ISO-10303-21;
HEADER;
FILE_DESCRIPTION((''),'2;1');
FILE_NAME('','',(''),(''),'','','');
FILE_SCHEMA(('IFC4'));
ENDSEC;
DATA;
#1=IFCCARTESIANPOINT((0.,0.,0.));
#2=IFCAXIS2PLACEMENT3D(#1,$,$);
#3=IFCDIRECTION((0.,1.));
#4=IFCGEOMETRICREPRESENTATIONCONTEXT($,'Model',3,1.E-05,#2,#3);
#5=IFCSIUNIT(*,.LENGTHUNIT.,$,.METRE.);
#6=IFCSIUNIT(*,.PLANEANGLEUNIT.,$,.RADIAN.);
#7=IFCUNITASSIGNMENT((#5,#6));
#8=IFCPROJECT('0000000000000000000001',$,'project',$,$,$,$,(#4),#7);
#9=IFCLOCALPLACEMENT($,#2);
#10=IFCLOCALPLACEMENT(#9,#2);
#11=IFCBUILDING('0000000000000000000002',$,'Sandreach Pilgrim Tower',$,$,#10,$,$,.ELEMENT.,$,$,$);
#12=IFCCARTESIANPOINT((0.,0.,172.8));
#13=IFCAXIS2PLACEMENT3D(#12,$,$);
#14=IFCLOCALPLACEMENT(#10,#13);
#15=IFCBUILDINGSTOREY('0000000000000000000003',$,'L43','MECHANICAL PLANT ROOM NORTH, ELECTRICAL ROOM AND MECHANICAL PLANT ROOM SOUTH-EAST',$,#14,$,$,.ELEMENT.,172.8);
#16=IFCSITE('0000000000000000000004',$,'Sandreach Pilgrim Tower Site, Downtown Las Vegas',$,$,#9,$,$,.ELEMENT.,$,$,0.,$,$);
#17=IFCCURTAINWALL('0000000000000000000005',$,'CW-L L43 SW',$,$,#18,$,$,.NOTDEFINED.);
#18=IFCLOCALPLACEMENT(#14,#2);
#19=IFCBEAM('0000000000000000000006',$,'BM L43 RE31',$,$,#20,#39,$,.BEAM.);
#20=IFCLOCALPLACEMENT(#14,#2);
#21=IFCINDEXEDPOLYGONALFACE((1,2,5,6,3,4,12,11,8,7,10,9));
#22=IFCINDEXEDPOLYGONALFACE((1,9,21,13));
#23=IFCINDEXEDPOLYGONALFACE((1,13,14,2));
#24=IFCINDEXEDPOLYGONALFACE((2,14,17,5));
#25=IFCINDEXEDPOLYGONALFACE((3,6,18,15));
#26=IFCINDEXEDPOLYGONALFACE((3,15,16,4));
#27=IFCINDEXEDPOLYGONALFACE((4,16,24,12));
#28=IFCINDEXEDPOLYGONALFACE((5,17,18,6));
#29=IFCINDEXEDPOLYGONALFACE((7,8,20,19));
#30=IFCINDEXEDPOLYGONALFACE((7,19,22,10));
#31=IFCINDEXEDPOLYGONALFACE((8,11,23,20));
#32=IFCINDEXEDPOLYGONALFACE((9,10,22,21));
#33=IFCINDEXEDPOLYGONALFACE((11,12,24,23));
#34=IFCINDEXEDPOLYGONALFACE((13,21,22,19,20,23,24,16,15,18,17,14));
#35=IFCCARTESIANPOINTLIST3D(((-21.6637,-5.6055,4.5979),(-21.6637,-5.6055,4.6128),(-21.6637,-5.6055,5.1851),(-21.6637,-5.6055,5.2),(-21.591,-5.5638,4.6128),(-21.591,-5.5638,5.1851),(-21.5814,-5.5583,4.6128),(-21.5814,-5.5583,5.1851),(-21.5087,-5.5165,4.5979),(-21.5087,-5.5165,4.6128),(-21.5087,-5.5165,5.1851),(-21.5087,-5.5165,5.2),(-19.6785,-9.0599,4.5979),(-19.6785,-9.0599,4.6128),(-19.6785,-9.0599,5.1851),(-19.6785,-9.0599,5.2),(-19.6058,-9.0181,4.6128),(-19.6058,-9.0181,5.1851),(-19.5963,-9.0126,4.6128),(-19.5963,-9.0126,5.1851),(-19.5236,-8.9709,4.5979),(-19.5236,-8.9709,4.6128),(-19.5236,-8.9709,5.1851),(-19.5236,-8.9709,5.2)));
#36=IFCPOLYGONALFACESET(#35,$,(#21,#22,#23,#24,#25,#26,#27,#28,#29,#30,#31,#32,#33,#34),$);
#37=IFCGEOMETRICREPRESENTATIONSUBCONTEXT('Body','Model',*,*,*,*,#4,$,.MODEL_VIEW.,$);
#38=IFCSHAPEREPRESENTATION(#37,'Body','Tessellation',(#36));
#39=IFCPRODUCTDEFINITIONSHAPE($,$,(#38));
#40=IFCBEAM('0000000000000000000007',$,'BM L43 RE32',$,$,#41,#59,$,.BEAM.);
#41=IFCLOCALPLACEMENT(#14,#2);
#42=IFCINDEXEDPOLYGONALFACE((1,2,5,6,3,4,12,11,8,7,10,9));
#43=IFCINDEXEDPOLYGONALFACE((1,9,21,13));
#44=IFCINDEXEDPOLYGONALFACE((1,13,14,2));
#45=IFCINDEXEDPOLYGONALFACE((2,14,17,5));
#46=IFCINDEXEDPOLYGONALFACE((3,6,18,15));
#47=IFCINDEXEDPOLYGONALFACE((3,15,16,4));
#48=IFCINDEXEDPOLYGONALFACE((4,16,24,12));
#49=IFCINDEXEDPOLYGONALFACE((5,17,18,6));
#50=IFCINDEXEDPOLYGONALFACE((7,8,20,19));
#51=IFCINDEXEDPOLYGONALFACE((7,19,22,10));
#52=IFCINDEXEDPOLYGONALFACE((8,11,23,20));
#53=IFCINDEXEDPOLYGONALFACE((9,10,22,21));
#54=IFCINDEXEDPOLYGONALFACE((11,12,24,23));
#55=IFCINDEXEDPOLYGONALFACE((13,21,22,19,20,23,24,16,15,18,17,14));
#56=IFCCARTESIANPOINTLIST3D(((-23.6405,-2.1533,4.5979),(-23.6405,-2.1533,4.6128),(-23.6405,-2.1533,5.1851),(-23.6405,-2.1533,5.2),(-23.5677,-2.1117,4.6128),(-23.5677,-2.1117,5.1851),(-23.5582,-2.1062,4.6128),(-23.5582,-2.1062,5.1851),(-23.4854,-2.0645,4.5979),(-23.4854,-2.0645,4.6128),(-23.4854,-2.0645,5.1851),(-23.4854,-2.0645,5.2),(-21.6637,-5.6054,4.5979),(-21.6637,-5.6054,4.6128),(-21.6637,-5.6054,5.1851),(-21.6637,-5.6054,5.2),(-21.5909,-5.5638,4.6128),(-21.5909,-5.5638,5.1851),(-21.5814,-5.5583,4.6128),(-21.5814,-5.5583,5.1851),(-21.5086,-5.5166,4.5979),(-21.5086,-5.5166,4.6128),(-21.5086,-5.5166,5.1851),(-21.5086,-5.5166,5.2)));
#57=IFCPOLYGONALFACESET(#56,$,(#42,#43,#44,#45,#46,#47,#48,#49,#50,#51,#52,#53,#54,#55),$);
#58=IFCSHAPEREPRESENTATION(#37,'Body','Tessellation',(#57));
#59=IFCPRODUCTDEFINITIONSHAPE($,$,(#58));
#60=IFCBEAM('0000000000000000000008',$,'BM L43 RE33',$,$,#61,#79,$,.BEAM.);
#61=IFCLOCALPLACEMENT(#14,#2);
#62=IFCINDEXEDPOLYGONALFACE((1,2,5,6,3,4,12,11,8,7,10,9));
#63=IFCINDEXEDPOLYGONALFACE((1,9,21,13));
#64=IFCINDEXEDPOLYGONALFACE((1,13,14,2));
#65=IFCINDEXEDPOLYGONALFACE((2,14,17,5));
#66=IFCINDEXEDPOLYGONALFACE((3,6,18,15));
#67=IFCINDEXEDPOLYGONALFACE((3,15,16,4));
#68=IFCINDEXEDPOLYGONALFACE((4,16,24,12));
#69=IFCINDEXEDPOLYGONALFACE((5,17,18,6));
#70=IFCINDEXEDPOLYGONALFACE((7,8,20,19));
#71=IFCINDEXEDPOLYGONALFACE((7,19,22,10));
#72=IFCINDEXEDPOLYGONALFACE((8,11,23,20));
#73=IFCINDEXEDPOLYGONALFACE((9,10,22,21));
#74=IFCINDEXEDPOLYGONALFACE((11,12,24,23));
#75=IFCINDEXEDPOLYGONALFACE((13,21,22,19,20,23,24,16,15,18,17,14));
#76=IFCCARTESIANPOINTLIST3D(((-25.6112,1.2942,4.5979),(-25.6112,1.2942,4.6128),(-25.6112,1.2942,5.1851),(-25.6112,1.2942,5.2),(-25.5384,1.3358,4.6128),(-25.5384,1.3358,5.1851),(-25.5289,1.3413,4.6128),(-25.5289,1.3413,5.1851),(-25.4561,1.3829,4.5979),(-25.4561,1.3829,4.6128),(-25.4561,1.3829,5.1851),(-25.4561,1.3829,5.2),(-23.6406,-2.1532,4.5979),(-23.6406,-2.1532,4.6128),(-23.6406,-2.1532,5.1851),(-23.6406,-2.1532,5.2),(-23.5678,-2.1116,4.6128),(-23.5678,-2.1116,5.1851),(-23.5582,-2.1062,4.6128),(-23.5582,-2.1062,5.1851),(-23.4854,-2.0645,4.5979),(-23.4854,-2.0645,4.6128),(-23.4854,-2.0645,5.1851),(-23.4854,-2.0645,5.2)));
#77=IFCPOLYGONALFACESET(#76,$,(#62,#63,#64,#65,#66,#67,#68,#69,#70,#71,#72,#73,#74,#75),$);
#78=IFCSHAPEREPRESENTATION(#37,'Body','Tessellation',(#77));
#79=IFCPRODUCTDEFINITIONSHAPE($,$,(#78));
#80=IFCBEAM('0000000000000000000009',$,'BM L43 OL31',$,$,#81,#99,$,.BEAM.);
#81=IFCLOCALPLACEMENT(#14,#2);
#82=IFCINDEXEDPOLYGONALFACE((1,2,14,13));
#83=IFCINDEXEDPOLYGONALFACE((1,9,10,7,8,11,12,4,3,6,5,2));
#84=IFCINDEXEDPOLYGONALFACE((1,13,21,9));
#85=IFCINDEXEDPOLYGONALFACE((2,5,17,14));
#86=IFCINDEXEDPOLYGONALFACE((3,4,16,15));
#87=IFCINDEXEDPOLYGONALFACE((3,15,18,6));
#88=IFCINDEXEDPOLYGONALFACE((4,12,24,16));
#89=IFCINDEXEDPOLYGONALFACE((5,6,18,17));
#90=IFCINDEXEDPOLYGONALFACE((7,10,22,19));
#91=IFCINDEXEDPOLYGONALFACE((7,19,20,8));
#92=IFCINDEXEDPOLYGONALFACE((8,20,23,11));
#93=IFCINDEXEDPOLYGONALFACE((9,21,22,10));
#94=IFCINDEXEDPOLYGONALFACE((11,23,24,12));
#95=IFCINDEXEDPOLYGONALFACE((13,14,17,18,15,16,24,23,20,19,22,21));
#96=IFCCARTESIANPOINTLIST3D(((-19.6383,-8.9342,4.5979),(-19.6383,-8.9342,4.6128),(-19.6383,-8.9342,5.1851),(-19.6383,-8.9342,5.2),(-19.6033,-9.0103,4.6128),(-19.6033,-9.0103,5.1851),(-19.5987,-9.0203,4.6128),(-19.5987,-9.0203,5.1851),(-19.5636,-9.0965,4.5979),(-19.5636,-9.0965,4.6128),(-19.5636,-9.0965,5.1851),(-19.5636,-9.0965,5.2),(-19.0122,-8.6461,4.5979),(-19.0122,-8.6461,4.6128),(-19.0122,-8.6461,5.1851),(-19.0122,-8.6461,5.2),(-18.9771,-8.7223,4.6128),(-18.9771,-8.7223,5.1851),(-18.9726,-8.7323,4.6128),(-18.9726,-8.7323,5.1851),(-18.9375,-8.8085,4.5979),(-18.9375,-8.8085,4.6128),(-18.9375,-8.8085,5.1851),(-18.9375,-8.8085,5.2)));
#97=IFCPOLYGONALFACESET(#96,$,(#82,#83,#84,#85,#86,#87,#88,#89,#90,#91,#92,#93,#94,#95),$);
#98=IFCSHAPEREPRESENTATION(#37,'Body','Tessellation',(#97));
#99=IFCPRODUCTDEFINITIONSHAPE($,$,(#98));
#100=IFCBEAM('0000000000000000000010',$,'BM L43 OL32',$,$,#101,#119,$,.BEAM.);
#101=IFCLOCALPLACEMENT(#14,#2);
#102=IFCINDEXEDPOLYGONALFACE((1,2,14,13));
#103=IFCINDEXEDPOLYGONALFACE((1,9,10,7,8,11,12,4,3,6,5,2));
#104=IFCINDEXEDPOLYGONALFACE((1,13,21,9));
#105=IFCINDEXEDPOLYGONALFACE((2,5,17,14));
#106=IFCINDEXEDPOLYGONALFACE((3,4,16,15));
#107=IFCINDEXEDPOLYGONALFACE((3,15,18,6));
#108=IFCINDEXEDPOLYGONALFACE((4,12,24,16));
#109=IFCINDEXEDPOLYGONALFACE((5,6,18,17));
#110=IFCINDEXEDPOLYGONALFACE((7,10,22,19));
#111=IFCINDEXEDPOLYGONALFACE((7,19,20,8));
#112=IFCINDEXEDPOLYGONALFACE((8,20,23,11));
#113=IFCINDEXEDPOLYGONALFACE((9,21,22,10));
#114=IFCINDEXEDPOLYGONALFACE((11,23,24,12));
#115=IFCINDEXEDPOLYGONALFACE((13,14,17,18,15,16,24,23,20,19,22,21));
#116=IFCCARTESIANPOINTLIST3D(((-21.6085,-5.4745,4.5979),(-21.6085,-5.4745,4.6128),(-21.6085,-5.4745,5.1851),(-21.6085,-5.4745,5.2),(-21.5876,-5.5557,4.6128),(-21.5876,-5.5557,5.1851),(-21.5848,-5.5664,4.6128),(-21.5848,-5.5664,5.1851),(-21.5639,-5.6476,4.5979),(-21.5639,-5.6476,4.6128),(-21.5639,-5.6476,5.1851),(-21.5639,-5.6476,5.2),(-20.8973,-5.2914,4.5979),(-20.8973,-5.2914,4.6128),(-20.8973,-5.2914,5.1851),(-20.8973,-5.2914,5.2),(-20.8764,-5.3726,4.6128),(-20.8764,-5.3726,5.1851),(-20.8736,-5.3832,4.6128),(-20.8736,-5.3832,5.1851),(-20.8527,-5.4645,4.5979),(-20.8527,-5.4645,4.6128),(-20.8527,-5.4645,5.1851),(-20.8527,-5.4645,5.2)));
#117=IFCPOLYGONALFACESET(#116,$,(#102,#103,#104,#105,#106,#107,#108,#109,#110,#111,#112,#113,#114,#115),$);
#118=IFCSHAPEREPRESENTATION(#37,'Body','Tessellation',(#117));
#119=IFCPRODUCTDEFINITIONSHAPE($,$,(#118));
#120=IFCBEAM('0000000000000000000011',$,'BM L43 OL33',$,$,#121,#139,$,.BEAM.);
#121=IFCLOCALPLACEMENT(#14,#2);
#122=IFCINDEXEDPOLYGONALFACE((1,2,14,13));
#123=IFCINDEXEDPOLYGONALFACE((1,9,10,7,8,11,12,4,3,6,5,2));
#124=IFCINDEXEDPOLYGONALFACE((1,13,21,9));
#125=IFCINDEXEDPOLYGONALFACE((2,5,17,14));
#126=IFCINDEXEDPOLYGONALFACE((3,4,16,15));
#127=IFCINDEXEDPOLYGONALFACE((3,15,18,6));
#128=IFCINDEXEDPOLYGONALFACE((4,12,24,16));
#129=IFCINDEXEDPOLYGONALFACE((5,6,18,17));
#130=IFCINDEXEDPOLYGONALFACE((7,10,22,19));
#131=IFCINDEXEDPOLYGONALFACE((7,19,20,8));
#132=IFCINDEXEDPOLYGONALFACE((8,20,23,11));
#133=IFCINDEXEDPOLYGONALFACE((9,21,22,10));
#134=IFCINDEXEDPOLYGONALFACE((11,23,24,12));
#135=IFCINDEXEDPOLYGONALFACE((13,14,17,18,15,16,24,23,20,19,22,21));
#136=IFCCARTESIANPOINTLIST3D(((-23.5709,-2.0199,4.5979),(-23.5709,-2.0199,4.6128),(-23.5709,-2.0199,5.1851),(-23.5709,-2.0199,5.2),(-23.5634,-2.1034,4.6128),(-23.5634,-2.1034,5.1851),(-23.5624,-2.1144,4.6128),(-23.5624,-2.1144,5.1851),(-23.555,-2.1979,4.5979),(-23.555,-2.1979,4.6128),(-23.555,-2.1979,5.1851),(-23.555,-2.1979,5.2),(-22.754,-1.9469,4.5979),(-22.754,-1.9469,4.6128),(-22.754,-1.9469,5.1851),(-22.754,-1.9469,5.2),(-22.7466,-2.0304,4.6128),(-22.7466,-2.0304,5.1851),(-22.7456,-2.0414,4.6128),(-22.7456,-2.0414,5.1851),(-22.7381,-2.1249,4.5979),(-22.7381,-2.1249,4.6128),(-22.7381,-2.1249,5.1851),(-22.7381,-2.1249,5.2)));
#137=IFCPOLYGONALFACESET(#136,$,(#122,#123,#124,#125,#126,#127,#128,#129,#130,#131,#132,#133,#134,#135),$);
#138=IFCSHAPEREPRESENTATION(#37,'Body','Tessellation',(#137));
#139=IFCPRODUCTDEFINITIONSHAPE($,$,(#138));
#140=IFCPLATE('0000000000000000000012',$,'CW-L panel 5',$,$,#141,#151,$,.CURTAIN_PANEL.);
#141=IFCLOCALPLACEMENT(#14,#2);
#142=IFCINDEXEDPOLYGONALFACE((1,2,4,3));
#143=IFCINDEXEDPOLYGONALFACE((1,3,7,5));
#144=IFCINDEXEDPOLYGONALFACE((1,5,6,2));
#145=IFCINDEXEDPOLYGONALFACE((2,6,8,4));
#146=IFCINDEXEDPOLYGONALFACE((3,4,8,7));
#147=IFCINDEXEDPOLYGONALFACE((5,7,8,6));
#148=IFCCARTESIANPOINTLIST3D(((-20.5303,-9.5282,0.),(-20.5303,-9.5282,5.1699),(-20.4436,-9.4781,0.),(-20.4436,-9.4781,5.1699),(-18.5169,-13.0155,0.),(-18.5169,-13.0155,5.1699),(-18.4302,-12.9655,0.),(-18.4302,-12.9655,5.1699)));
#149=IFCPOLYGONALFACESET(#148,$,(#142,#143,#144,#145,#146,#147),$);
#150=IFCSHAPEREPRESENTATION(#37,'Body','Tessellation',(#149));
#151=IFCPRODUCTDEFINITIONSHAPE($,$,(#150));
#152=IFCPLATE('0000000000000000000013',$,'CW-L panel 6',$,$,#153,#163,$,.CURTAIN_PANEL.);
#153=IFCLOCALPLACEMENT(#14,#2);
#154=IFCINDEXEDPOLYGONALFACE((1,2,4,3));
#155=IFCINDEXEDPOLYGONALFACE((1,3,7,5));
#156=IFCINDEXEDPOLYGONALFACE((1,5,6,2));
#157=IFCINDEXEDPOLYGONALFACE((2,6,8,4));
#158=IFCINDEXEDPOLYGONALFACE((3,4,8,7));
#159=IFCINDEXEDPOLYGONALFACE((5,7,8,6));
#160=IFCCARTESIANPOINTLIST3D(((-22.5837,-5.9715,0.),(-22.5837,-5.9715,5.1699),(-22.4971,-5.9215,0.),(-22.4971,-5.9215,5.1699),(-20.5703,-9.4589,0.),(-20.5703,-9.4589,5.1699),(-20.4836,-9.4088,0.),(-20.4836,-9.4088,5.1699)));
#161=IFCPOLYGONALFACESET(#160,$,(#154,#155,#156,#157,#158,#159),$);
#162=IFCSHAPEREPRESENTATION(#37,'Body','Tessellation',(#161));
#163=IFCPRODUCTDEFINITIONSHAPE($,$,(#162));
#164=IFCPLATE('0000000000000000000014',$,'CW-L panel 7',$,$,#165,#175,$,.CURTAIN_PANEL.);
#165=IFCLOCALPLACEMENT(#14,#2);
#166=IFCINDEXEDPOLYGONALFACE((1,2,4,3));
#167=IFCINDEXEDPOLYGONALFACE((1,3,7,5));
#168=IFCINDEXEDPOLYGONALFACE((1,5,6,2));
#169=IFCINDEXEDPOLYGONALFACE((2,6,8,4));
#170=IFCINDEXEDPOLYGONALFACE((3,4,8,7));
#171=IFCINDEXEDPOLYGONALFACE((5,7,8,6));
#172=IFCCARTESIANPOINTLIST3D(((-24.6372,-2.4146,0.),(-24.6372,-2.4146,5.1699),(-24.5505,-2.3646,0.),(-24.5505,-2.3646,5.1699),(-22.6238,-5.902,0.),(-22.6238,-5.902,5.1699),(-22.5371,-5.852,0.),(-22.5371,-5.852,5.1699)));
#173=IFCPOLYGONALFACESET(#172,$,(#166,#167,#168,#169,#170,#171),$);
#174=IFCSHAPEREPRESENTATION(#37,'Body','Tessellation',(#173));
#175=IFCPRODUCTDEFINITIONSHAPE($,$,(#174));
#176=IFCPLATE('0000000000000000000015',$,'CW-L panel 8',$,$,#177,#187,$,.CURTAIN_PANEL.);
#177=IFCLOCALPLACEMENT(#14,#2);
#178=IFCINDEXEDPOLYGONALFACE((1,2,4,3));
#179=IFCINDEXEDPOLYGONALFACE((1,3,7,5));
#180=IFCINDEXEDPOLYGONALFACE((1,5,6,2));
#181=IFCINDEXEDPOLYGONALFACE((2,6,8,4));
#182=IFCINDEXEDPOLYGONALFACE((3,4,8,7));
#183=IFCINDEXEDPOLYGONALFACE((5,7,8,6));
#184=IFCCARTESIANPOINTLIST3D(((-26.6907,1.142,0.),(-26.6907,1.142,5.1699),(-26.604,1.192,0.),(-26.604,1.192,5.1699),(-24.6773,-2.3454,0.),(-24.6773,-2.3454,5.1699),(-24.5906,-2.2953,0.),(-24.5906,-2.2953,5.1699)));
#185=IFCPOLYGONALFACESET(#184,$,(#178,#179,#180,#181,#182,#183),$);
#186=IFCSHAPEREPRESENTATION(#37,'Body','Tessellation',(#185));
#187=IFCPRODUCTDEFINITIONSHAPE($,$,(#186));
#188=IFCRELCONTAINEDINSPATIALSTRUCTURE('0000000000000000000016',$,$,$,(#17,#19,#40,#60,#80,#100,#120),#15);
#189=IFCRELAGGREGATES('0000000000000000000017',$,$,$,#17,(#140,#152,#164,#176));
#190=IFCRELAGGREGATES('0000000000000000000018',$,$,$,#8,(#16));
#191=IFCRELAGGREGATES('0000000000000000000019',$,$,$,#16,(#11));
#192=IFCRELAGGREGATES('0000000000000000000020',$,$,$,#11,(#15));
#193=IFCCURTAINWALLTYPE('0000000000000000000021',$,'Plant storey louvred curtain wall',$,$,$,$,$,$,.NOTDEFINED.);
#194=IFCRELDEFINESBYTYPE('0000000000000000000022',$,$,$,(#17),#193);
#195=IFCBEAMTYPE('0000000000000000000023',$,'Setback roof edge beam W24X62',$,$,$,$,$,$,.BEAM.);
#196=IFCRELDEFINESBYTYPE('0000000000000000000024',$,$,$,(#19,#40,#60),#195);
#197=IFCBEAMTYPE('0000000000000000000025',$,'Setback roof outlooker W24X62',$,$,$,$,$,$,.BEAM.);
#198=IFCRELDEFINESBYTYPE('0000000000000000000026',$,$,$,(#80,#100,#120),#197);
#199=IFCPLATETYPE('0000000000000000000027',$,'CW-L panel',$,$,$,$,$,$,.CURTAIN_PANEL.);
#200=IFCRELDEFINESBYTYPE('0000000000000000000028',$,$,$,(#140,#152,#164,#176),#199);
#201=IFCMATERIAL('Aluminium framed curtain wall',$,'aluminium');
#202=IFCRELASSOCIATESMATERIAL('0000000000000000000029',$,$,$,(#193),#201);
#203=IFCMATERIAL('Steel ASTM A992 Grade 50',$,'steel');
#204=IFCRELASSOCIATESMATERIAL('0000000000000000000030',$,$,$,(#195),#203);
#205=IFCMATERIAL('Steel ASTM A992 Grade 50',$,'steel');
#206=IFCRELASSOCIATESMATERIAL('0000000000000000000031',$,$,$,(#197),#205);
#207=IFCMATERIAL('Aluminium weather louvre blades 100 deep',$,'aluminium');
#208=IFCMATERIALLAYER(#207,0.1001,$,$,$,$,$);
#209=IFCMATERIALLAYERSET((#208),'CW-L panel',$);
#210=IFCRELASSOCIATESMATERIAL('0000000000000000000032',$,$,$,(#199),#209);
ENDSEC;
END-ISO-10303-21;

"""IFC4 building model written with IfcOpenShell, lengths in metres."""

from ifc_helpers import new_model, si_unit, direction, frame, origin, origin_2d, place, context, subcontext, project, spatial, rectangle, i_section, extrude, material, layer, layer_set, material_profile, profile_set, type_object, element, aggregate, save


model = new_model("IFC4")

# Units and contexts
model_context = context("Model", 3, precision=1e-05, world=origin(), true_north=direction((0.0, 1.0)))
body_context = subcontext(model_context, "Body", "Model", "MODEL_VIEW")
ifc_project = project(units=[si_unit("LENGTHUNIT", "METRE"), si_unit("PLANEANGLEUNIT", "RADIAN")], contexts=[model_context])

# Site, building, storey
site_placement = place(None, origin())
site = spatial("IfcSite", under=ifc_project, at=site_placement, Name="Sandreach Pilgrim Tower Site, Downtown Las Vegas", CompositionType="ELEMENT", RefElevation=0.0)
building_placement = place(site_placement, origin())
building = spatial("IfcBuilding", under=site, at=building_placement, Name="Sandreach Pilgrim Tower", CompositionType="ELEMENT")
storey_placement = place(building_placement, frame((0.0, 0.0, 172.8)))
storey = spatial("IfcBuildingStorey", under=building, at=storey_placement, Name="L43", Description="MECHANICAL PLANT ROOM NORTH, ELECTRICAL ROOM AND MECHANICAL PLANT ROOM SOUTH-EAST", CompositionType="ELEMENT", Elevation=172.8)

# Curtain wall
ifc_material_1 = material(Name="Aluminium framed curtain wall", Category="aluminium")
curtain_wall_type = type_object("IfcCurtainWallType", Name="Plant storey louvred curtain wall", PredefinedType="NOTDEFINED", material=ifc_material_1)
curtain_wall_placement = place(storey_placement, origin())
curtain_wall = element("IfcCurtainWall", 1, at=curtain_wall_placement, inside=storey, type_object=curtain_wall_type, Name="CW-L L43 SW", PredefinedType="NOTDEFINED")

# Beams
ifc_material_2 = material(Name="Steel ASTM A992 Grade 50", Category="steel")
ifc_material_profile_1 = material_profile(ifc_material_2, i_section(OverallWidth=0.1787, OverallDepth=0.6021, WebThickness=0.011, FlangeThickness=0.0149, at=origin_2d()), Name="W24X62")
ifc_profile_set_1 = profile_set([ifc_material_profile_1], Name="Steel ASTM A992 Grade 50")
beam_type_1 = type_object("IfcBeamType", Name="Setback roof edge beam W24X62", PredefinedType="BEAM", material=ifc_profile_set_1)
beam_1_placement = place(storey_placement, frame((-19.6011, -9.0154, 4.8989), z_axis=(-0.498256, 0.86703, 0.0), x_axis=(-0.86703, -0.498256, 0.0)))
element("IfcBeam", 2, at=beam_1_placement, inside=storey, type_object=beam_type_1, Name="BM L43 RE31", PredefinedType="BEAM", context=body_context, shape_type="SweptSolid", body=[
    extrude(i_section(OverallWidth=0.1787, OverallDepth=0.6021, WebThickness=0.011, FlangeThickness=0.0149, at=origin_2d()), origin(), (0.0, 0.0, 1.0), 3.9841),
])
beam_2_placement = place(storey_placement, frame((-21.5862, -5.561, 4.8989), z_axis=(-0.496925, 0.867793, 0.0), x_axis=(-0.867793, -0.496925, 0.0)))
element("IfcBeam", 3, at=beam_2_placement, inside=storey, type_object=beam_type_1, Name="BM L43 RE32", PredefinedType="BEAM", context=body_context, shape_type="SweptSolid", body=[
    extrude(i_section(OverallWidth=0.1787, OverallDepth=0.6021, WebThickness=0.011, FlangeThickness=0.0149, at=origin_2d()), origin(), (0.0, 0.0, 1.0), 3.978),
])
beam_3_placement = place(storey_placement, frame((-23.563, -2.1089, 4.8989), z_axis=(-0.496271, 0.868167, 0.0), x_axis=(-0.868167, -0.496271, 0.0)))
element("IfcBeam", 4, at=beam_3_placement, inside=storey, type_object=beam_type_1, Name="BM L43 RE33", PredefinedType="BEAM", context=body_context, shape_type="SweptSolid", body=[
    extrude(i_section(OverallWidth=0.1787, OverallDepth=0.6021, WebThickness=0.011, FlangeThickness=0.0149, at=origin_2d()), origin(), (0.0, 0.0, 1.0), 3.9709),
])
ifc_material_3 = material(Name="Steel ASTM A992 Grade 50", Category="steel")
ifc_material_profile_2 = material_profile(ifc_material_3, i_section(OverallWidth=0.1787, OverallDepth=0.6021, WebThickness=0.011, FlangeThickness=0.0149, at=origin_2d()), Name="W24X62")
ifc_profile_set_2 = profile_set([ifc_material_profile_2], Name="Steel ASTM A992 Grade 50")
beam_type_2 = type_object("IfcBeamType", Name="Setback roof outlooker W24X62", PredefinedType="BEAM", material=ifc_profile_set_2)
beam_4_placement = place(storey_placement, frame((-18.9749, -8.7273, 4.8989), z_axis=(-0.908477, -0.417935, 0.0), x_axis=(0.417935, -0.908477, 0.0)))
element("IfcBeam", 5, at=beam_4_placement, inside=storey, type_object=beam_type_2, Name="BM L43 OL31", PredefinedType="BEAM", context=body_context, shape_type="SweptSolid", body=[
    extrude(i_section(OverallWidth=0.1787, OverallDepth=0.6021, WebThickness=0.011, FlangeThickness=0.0149, at=origin_2d()), origin(), (0.0, 0.0, 1.0), 0.6892),
])
beam_5_placement = place(storey_placement, frame((-20.875, -5.3779, 4.8989), z_axis=(-0.968417, -0.249335, 0.0), x_axis=(0.249335, -0.968417, 0.0)))
element("IfcBeam", 6, at=beam_5_placement, inside=storey, type_object=beam_type_2, Name="BM L43 OL32", PredefinedType="BEAM", context=body_context, shape_type="SweptSolid", body=[
    extrude(i_section(OverallWidth=0.1787, OverallDepth=0.6021, WebThickness=0.011, FlangeThickness=0.0149, at=origin_2d()), origin(), (0.0, 0.0, 1.0), 0.7344),
])
beam_6_placement = place(storey_placement, frame((-22.7461, -2.0359, 4.8989), z_axis=(-0.996031, -0.089006, 0.0), x_axis=(0.089006, -0.996031, 0.0)))
element("IfcBeam", 7, at=beam_6_placement, inside=storey, type_object=beam_type_2, Name="BM L43 OL33", PredefinedType="BEAM", context=body_context, shape_type="SweptSolid", body=[
    extrude(i_section(OverallWidth=0.1787, OverallDepth=0.6021, WebThickness=0.011, FlangeThickness=0.0149, at=origin_2d()), origin(), (0.0, 0.0, 1.0), 0.8201),
])

# Plates
ifc_material_4 = material(Name="Aluminium weather louvre blades 100 deep", Category="aluminium")
ifc_layer = layer(ifc_material_4, 0.1001)
ifc_layer_set = layer_set([ifc_layer], Name="CW-L panel")
plate_type = type_object("IfcPlateType", Name="CW-L panel", PredefinedType="CURTAIN_PANEL", material=ifc_layer_set)
plate_1_placement = place(storey_placement, frame((-19.4802, -11.2468, 0.0), z_axis=(0.0, 0.0, 1.0), x_axis=(-0.5, 0.866025, 0.0)))
plate_1 = element("IfcPlate", 8, at=plate_1_placement, type_object=plate_type, Name="CW-L panel 5", PredefinedType="CURTAIN_PANEL", context=body_context, shape_type="SweptSolid", body=[
    extrude(rectangle(XDim=4.0269, YDim=0.1001, at=origin_2d()), origin(), (0.0, 0.0, 1.0), 5.1699),
])
plate_2_placement = place(storey_placement, frame((-21.5337, -7.6902, 0.0), z_axis=(0.0, 0.0, 1.0), x_axis=(-0.5, 0.866025, 0.0)))
plate_2 = element("IfcPlate", 9, at=plate_2_placement, type_object=plate_type, Name="CW-L panel 6", PredefinedType="CURTAIN_PANEL", context=body_context, shape_type="SweptSolid", body=[
    extrude(rectangle(XDim=4.0269, YDim=0.1001, at=origin_2d()), origin(), (0.0, 0.0, 1.0), 5.1699),
])
plate_3_placement = place(storey_placement, frame((-23.5872, -4.1333, 0.0), z_axis=(0.0, 0.0, 1.0), x_axis=(-0.5, 0.866025, 0.0)))
plate_3 = element("IfcPlate", 10, at=plate_3_placement, type_object=plate_type, Name="CW-L panel 7", PredefinedType="CURTAIN_PANEL", context=body_context, shape_type="SweptSolid", body=[
    extrude(rectangle(XDim=4.0269, YDim=0.1001, at=origin_2d()), origin(), (0.0, 0.0, 1.0), 5.1699),
])
plate_4_placement = place(storey_placement, frame((-25.6406, -0.5767, 0.0), z_axis=(0.0, 0.0, 1.0), x_axis=(-0.5, 0.866025, 0.0)))
plate_4 = element("IfcPlate", 11, at=plate_4_placement, type_object=plate_type, Name="CW-L panel 8", PredefinedType="CURTAIN_PANEL", context=body_context, shape_type="SweptSolid", body=[
    extrude(rectangle(XDim=4.0269, YDim=0.1001, at=origin_2d()), origin(), (0.0, 0.0, 1.0), 5.1699),
])
aggregate(curtain_wall, [plate_1, plate_2, plate_3, plate_4])

save(model, "model.ifc")
